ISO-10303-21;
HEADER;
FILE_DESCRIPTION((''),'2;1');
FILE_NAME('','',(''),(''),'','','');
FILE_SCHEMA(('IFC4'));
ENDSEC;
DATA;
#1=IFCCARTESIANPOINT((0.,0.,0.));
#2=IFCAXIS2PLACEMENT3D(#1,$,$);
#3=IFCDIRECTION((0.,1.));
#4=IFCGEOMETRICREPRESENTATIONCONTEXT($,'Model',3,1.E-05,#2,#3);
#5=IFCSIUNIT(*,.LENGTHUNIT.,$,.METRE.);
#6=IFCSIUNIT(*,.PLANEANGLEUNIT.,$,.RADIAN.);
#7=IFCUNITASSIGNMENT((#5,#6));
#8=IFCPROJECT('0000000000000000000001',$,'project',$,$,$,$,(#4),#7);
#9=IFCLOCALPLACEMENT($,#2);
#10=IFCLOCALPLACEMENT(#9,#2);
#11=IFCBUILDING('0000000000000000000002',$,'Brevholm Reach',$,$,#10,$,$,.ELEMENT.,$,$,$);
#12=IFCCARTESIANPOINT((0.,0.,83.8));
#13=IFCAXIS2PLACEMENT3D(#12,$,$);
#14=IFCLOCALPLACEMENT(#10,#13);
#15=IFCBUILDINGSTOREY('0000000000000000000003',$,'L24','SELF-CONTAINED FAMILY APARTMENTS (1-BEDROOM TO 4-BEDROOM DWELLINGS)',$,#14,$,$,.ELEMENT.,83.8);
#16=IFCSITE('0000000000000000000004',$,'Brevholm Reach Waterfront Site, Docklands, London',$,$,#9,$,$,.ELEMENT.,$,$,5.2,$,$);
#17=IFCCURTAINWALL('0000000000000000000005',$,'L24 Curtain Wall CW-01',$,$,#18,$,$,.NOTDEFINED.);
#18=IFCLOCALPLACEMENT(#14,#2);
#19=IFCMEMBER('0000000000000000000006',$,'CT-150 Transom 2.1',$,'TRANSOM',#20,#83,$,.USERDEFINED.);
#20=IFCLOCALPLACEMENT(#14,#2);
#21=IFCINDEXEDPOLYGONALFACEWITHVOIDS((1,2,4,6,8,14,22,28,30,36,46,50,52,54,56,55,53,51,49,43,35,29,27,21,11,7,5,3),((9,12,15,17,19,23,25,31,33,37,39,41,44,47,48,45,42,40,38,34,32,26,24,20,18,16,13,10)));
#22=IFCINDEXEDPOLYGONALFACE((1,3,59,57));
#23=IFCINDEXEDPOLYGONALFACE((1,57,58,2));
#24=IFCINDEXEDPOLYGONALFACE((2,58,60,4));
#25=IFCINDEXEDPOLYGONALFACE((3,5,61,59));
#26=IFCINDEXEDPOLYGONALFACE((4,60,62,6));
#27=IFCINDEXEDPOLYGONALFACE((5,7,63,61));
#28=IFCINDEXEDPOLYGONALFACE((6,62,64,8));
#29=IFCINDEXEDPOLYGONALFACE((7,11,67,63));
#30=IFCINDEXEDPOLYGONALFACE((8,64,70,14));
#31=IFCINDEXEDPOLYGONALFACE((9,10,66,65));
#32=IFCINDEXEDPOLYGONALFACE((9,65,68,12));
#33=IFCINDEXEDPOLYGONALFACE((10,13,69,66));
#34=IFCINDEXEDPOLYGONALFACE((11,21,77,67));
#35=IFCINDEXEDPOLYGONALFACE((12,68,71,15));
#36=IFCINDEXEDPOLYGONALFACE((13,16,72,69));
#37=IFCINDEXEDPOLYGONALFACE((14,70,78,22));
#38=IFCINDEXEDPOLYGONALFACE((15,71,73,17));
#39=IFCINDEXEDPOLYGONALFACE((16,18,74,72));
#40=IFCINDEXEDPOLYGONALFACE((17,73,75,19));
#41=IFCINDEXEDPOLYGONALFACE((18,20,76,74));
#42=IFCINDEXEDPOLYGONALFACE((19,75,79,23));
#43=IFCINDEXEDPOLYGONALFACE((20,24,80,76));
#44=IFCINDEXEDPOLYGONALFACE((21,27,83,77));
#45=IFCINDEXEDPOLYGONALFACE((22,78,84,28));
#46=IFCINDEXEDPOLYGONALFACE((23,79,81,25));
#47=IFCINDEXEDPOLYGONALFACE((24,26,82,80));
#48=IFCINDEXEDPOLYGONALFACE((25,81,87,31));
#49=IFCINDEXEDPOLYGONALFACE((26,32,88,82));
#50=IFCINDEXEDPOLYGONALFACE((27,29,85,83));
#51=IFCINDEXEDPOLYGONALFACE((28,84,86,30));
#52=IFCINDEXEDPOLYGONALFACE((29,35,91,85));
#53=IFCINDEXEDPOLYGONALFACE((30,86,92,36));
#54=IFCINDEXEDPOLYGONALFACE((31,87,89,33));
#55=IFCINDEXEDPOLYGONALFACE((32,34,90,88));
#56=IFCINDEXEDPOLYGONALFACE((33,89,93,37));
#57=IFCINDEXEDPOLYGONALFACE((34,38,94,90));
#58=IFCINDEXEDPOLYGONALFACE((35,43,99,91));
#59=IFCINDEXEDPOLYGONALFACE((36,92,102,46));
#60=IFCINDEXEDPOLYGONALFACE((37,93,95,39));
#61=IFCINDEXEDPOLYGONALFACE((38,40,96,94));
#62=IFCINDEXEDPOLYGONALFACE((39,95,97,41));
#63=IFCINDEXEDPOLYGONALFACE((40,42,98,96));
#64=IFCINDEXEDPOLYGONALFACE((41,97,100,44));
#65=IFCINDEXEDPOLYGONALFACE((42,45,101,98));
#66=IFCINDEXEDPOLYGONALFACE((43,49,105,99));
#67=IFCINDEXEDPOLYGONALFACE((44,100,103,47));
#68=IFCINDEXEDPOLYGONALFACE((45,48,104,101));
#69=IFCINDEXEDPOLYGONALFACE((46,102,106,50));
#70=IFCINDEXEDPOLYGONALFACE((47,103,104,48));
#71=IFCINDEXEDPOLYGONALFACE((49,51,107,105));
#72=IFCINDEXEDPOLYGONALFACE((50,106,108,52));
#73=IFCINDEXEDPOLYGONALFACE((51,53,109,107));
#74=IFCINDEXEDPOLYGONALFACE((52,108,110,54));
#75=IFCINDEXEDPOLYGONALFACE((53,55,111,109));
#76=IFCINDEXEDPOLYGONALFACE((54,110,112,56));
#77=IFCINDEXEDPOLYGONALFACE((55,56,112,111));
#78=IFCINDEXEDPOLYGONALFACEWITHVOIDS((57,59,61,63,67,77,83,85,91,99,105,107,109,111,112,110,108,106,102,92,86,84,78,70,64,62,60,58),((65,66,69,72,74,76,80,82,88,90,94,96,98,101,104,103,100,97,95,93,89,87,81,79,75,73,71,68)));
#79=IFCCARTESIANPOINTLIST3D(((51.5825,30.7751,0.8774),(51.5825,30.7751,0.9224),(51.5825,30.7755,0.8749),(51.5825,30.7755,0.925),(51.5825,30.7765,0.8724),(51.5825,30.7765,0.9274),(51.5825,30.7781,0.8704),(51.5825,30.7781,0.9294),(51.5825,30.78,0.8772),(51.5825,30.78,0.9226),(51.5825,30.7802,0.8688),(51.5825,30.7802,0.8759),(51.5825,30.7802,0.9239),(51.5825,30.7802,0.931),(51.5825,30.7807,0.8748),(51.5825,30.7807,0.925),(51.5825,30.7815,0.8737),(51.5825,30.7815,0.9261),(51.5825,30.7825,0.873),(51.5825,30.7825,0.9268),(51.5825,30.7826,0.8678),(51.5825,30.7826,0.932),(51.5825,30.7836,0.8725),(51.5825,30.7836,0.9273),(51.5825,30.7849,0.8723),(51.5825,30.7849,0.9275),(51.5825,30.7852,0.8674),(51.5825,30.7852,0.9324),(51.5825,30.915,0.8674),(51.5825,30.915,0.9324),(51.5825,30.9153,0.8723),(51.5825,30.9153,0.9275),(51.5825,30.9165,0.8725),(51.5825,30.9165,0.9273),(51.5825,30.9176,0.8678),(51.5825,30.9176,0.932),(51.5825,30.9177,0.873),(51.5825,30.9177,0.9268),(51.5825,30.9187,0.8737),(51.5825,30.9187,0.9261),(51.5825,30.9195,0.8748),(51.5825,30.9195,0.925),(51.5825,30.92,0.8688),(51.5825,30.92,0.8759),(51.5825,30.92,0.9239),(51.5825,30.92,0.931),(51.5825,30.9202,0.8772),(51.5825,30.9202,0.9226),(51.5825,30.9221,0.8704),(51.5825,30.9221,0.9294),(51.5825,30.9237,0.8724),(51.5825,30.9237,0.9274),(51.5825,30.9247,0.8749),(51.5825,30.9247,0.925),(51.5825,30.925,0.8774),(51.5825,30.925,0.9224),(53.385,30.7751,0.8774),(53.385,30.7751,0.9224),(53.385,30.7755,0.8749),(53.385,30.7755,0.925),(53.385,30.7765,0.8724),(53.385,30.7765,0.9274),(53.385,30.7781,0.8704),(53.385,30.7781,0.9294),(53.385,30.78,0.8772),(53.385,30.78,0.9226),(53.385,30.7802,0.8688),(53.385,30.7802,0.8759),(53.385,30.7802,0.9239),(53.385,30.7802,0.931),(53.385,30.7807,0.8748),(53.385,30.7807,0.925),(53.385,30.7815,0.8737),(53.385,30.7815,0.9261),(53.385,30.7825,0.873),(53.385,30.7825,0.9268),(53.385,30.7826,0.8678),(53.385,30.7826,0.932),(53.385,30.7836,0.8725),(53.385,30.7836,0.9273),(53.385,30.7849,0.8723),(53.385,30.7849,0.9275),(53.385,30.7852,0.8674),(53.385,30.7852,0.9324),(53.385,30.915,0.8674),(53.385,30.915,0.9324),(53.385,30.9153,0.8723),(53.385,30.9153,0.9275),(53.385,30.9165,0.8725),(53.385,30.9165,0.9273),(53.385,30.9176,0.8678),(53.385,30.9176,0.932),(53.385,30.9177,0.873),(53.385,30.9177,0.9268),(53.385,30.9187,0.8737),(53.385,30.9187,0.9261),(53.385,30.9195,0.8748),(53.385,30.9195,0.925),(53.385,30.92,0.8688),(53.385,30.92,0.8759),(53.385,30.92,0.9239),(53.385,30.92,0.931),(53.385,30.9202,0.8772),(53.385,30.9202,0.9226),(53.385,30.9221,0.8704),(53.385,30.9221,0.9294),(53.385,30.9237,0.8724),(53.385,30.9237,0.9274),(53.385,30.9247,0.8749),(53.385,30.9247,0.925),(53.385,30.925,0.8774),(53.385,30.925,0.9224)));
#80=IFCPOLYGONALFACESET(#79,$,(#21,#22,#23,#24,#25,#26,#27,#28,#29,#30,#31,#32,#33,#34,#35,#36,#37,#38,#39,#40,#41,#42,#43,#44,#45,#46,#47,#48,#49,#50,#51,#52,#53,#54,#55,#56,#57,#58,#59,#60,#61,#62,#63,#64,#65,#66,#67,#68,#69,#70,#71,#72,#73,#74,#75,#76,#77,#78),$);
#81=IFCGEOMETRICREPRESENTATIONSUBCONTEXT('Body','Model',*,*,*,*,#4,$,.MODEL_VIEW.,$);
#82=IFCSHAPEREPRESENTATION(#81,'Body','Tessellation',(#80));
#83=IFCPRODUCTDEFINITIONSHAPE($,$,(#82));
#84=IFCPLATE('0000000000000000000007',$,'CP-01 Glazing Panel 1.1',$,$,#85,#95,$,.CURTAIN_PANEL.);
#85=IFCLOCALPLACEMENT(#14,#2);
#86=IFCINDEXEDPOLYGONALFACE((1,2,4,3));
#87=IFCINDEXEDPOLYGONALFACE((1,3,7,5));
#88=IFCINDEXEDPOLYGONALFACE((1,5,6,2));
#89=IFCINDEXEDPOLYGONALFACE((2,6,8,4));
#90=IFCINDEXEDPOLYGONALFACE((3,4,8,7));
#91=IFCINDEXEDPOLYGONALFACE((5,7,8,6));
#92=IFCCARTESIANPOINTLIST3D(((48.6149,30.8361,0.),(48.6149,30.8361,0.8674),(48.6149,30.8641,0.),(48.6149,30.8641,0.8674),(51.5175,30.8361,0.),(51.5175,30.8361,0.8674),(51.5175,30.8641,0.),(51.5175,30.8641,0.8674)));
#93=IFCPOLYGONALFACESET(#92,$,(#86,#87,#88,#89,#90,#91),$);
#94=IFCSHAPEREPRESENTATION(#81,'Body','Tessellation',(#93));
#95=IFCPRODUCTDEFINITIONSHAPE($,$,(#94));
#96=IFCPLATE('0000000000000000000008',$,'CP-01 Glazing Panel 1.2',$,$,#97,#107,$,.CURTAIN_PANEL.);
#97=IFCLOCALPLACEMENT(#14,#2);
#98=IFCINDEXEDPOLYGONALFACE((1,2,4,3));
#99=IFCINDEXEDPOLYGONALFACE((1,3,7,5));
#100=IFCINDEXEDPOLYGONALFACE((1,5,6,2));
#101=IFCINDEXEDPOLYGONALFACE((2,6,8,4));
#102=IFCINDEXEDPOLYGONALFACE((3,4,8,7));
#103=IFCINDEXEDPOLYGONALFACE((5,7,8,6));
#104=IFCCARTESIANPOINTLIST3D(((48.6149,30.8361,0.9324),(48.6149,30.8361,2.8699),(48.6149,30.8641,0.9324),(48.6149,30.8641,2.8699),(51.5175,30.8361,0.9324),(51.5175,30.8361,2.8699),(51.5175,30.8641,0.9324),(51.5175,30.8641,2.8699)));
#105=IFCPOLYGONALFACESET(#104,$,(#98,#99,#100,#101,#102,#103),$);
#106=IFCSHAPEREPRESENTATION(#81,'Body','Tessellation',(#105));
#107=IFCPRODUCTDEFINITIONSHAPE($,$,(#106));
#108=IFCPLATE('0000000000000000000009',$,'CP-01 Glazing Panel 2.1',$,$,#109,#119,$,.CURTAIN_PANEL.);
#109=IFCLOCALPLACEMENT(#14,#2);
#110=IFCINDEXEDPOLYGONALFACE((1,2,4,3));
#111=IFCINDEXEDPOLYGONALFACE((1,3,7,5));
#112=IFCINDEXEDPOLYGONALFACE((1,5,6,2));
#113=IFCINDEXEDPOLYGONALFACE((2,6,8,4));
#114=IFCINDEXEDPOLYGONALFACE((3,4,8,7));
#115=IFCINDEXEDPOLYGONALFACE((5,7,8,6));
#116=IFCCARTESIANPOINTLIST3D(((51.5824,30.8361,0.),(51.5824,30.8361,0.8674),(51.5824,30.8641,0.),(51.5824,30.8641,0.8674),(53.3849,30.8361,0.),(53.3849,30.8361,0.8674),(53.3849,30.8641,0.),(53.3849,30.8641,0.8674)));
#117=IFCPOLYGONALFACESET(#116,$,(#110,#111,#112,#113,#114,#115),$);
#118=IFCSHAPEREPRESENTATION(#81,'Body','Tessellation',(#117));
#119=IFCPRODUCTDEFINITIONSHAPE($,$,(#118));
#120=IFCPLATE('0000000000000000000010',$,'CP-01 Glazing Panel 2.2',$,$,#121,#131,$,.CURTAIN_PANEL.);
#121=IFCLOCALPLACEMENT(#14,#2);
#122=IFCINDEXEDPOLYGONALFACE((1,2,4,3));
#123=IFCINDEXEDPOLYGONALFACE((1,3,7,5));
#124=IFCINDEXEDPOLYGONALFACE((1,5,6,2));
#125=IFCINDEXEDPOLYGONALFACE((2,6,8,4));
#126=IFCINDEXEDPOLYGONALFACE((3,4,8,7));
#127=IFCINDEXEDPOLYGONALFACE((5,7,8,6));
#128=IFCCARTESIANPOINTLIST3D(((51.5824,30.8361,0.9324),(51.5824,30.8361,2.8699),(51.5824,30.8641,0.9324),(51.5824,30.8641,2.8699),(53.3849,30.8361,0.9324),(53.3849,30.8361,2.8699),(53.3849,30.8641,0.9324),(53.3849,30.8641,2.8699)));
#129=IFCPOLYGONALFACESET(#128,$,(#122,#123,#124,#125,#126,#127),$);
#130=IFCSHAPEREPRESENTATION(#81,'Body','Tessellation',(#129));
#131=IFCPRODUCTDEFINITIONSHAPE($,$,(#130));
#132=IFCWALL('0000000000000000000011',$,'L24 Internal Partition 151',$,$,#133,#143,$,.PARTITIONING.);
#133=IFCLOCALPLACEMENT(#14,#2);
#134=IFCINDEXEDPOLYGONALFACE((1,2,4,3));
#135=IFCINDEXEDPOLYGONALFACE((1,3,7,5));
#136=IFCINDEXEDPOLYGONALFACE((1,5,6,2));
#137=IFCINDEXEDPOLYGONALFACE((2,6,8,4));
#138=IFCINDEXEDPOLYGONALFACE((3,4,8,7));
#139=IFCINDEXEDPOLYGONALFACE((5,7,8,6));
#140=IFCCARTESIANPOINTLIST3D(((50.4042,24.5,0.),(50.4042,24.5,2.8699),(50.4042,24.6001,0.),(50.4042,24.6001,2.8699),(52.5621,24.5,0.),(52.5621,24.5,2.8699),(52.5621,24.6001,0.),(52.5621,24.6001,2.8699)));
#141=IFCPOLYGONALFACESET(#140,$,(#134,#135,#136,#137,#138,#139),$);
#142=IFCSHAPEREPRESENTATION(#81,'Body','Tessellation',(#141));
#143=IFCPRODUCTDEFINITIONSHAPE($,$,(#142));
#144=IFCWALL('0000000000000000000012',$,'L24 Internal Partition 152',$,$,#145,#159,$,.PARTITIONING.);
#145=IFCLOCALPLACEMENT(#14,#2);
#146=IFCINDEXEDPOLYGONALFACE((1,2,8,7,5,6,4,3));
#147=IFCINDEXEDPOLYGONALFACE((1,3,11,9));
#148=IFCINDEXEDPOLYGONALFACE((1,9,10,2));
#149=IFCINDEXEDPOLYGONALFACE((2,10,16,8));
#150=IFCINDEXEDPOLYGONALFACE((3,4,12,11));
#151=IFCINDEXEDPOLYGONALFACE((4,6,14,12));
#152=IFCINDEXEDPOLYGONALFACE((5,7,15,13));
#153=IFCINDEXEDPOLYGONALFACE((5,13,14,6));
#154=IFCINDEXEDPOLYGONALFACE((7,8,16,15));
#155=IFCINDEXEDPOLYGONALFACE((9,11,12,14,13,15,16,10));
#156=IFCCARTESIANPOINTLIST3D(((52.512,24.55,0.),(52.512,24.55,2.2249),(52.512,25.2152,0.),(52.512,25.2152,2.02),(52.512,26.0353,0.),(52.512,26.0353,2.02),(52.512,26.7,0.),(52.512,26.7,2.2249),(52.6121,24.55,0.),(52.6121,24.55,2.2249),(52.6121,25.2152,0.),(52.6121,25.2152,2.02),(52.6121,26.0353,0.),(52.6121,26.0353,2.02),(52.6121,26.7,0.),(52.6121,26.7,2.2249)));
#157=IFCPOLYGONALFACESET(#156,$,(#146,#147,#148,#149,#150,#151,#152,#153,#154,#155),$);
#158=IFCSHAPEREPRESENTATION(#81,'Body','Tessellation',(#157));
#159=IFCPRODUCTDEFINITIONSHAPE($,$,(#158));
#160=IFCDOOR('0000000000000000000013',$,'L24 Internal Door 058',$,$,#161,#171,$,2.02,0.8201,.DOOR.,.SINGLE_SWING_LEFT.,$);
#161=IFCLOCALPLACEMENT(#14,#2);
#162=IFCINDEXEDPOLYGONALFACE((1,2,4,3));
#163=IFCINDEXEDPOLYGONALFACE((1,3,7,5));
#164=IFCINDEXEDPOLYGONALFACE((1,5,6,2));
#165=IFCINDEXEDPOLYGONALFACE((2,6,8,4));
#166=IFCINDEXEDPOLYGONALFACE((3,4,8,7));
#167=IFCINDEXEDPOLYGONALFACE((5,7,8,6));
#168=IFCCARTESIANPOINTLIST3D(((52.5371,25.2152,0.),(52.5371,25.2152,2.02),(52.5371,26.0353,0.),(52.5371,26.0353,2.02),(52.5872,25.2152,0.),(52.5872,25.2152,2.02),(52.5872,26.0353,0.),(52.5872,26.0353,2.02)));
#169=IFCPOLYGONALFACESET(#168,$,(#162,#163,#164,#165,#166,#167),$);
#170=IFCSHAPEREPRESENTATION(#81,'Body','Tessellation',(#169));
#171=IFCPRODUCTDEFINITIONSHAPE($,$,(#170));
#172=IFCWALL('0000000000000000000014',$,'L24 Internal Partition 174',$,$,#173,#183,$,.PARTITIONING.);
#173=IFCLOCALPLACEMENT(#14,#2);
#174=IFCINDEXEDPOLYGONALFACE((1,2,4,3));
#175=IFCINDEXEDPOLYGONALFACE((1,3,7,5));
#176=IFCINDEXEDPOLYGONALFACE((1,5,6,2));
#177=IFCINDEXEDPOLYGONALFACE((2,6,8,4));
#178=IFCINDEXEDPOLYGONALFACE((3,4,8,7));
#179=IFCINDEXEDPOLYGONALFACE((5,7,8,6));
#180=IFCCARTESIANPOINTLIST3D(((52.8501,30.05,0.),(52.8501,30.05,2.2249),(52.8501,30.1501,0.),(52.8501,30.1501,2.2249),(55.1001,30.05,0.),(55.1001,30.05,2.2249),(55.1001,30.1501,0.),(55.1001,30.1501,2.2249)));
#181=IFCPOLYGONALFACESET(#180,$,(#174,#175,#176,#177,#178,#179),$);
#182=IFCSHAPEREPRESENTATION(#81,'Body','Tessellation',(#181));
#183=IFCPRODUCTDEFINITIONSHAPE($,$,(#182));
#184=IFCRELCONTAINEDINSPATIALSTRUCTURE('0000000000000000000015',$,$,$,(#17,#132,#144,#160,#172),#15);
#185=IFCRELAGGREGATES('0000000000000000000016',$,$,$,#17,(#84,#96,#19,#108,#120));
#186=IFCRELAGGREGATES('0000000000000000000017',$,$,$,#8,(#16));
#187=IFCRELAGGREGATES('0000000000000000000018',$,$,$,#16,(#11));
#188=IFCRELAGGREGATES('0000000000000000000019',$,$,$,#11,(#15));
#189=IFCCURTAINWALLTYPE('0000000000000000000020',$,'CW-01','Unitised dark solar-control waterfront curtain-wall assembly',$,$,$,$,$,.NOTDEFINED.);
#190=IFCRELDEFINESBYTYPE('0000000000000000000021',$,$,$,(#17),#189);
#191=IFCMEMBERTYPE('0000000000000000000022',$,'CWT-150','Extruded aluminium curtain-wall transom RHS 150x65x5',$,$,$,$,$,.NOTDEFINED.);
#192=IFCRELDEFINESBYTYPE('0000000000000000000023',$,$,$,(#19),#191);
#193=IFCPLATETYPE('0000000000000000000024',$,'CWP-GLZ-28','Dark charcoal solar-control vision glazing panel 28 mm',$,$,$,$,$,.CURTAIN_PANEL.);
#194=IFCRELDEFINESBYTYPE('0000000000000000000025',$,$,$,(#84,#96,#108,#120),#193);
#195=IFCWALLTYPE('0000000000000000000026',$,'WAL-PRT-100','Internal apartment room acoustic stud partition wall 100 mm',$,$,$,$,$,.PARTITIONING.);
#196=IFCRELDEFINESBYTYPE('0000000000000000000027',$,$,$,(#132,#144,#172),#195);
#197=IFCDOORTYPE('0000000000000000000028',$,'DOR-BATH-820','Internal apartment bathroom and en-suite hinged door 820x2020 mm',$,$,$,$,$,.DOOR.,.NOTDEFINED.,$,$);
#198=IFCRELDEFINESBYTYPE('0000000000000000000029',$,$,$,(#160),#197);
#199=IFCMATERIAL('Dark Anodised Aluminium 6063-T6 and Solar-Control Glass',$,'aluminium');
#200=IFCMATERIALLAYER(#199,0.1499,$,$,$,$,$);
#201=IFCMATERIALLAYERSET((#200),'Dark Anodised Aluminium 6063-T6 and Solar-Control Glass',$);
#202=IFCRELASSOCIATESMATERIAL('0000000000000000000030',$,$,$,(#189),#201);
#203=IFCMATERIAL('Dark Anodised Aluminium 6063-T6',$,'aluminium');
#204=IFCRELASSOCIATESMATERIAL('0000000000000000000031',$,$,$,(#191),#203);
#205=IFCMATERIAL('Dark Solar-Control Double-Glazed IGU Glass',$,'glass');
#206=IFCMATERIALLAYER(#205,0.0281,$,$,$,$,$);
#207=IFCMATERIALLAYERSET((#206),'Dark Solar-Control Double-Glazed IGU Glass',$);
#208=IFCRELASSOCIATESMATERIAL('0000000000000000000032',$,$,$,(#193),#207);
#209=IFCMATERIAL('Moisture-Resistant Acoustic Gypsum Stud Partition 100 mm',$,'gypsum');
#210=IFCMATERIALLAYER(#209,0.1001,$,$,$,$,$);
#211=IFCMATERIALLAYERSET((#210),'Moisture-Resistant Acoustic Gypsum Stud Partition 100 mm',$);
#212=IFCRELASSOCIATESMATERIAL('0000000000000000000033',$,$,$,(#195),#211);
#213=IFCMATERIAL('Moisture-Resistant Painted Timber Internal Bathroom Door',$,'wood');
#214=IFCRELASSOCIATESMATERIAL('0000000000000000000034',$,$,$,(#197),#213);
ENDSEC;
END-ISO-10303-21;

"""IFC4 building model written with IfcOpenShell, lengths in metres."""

from ifc_helpers import new_model, si_unit, direction, frame, frame_2d, origin, origin_2d, place, context, subcontext, project, spatial, rectangle, hollow_rectangle, extrude, material, layer, layer_set, material_profile, profile_set, type_object, element, fill, aggregate, save


model = new_model("IFC4")

# Units and contexts
model_context = context("Model", 3, precision=1e-05, world=origin(), true_north=direction((0.0, 1.0)))
body_context = subcontext(model_context, "Body", "Model", "MODEL_VIEW")
ifc_project = project(units=[si_unit("LENGTHUNIT", "METRE"), si_unit("PLANEANGLEUNIT", "RADIAN")], contexts=[model_context])

# Site, building, storey
site_placement = place(None, origin())
site = spatial("IfcSite", under=ifc_project, at=site_placement, Name="Brevholm Reach Waterfront Site, Docklands, London", CompositionType="ELEMENT", RefElevation=5.2)
building_placement = place(site_placement, origin())
building = spatial("IfcBuilding", under=site, at=building_placement, Name="Brevholm Reach", CompositionType="ELEMENT")
storey_placement = place(building_placement, frame((0.0, 0.0, 83.8)))
storey = spatial("IfcBuildingStorey", under=building, at=storey_placement, Name="L24", Description="SELF-CONTAINED FAMILY APARTMENTS (1-BEDROOM TO 4-BEDROOM DWELLINGS)", CompositionType="ELEMENT", Elevation=83.8)

# Curtain wall, member, plates
ifc_material_1 = material(Name="Dark Anodised Aluminium 6063-T6 and Solar-Control Glass", Category="aluminium")
ifc_layer_1 = layer(ifc_material_1, 0.1499)
ifc_layer_set_1 = layer_set([ifc_layer_1], Name="Dark Anodised Aluminium 6063-T6 and Solar-Control Glass")
curtain_wall_type = type_object("IfcCurtainWallType", Name="CW-01", Description="Unitised dark solar-control waterfront curtain-wall assembly", PredefinedType="NOTDEFINED", material=ifc_layer_set_1)
curtain_wall_placement = place(storey_placement, origin())
curtain_wall = element("IfcCurtainWall", 1, at=curtain_wall_placement, inside=storey, type_object=curtain_wall_type, Name="L24 Curtain Wall CW-01", PredefinedType="NOTDEFINED")
ifc_material_2 = material(Name="Dark Anodised Aluminium 6063-T6", Category="aluminium")
ifc_material_profile_1 = material_profile(ifc_material_2, hollow_rectangle(XDim=0.0649, YDim=0.1499, WallThickness=0.0049, InnerFilletRadius=0.0049, OuterFilletRadius=0.01, at=origin_2d()), Name="RHS 150x65x5")
ifc_profile_set_1 = profile_set([ifc_material_profile_1], Name="Dark Anodised Aluminium 6063-T6")
member_type_1 = type_object("IfcMemberType", Name="CWT-150", Description="Extruded aluminium curtain-wall transom RHS 150x65x5", PredefinedType="NOTDEFINED", material=ifc_profile_set_1)
member_1_placement = place(storey_placement, frame((51.5825, 30.8501, 0.8999), z_axis=(1.0, 0.0, 0.0), x_axis=(0.0, 0.0, 1.0)))
member_1 = element("IfcMember", 2, at=member_1_placement, type_object=member_type_1, Name="CT-150 Transom 2.1", ObjectType="TRANSOM", PredefinedType="USERDEFINED", context=body_context, shape_type="SweptSolid", body=[
    extrude(hollow_rectangle(XDim=0.0649, YDim=0.1499, WallThickness=0.0049, InnerFilletRadius=0.0049, OuterFilletRadius=0.01, at=origin_2d()), origin(), (0.0, 0.0, 1.0), 1.8025),
])
ifc_material_3 = material(Name="Dark Solar-Control Double-Glazed IGU Glass", Category="glass")
ifc_layer_2 = layer(ifc_material_3, 0.0281)
ifc_layer_set_2 = layer_set([ifc_layer_2], Name="Dark Solar-Control Double-Glazed IGU Glass")
plate_type = type_object("IfcPlateType", Name="CWP-GLZ-28", Description="Dark charcoal solar-control vision glazing panel 28 mm", PredefinedType="CURTAIN_PANEL", material=ifc_layer_set_2)
plate_1_placement = place(storey_placement, frame((50.0662, 30.8501, 0.0), z_axis=(0.0, 0.0, 1.0), x_axis=(1.0, 0.0, 0.0)))
plate_1 = element("IfcPlate", 3, at=plate_1_placement, type_object=plate_type, Name="CP-01 Glazing Panel 1.1", PredefinedType="CURTAIN_PANEL", context=body_context, shape_type="SweptSolid", body=[
    extrude(rectangle(XDim=2.9026, YDim=0.0281, at=origin_2d()), origin(), (0.0, 0.0, 1.0), 0.8674),
])
plate_2_placement = place(storey_placement, frame((50.0662, 30.8501, 0.9324), z_axis=(0.0, 0.0, 1.0), x_axis=(1.0, 0.0, 0.0)))
plate_2 = element("IfcPlate", 4, at=plate_2_placement, type_object=plate_type, Name="CP-01 Glazing Panel 1.2", PredefinedType="CURTAIN_PANEL", context=body_context, shape_type="SweptSolid", body=[
    extrude(rectangle(XDim=2.9026, YDim=0.0281, at=origin_2d()), origin(), (0.0, 0.0, 1.0), 1.9375),
])
plate_3_placement = place(storey_placement, frame((52.4836, 30.8501, 0.0), z_axis=(0.0, 0.0, 1.0), x_axis=(1.0, 0.0, 0.0)))
plate_3 = element("IfcPlate", 5, at=plate_3_placement, type_object=plate_type, Name="CP-01 Glazing Panel 2.1", PredefinedType="CURTAIN_PANEL", context=body_context, shape_type="SweptSolid", body=[
    extrude(rectangle(XDim=1.8025, YDim=0.0281, at=origin_2d()), origin(), (0.0, 0.0, 1.0), 0.8674),
])
plate_4_placement = place(storey_placement, frame((52.4836, 30.8501, 0.9324), z_axis=(0.0, 0.0, 1.0), x_axis=(1.0, 0.0, 0.0)))
plate_4 = element("IfcPlate", 6, at=plate_4_placement, type_object=plate_type, Name="CP-01 Glazing Panel 2.2", PredefinedType="CURTAIN_PANEL", context=body_context, shape_type="SweptSolid", body=[
    extrude(rectangle(XDim=1.8025, YDim=0.0281, at=origin_2d()), origin(), (0.0, 0.0, 1.0), 1.9375),
])
aggregate(curtain_wall, [plate_1, plate_2, member_1, plate_3, plate_4])

# Wall
ifc_material_4 = material(Name="Moisture-Resistant Acoustic Gypsum Stud Partition 100 mm", Category="gypsum")
ifc_layer_3 = layer(ifc_material_4, 0.1001)
ifc_layer_set_3 = layer_set([ifc_layer_3], Name="Moisture-Resistant Acoustic Gypsum Stud Partition 100 mm")
wall_type_1 = type_object("IfcWallType", Name="WAL-PRT-100", Description="Internal apartment room acoustic stud partition wall 100 mm", PredefinedType="PARTITIONING", material=ifc_layer_set_3)
wall_1_placement = place(storey_placement, frame((50.4041, 24.55, 0.0), z_axis=(0.0, 0.0, 1.0), x_axis=(1.0, 0.0, 0.0)))
element("IfcWall", 7, at=wall_1_placement, inside=storey, type_object=wall_type_1, Name="L24 Internal Partition 151", PredefinedType="PARTITIONING", context=body_context, shape_type="SweptSolid", body=[
    extrude(rectangle(XDim=2.158, YDim=0.1001, at=frame_2d((1.0791, 0.0))), origin(), (0.0, 0.0, 1.0), 2.8699),
])

# Wall, opening, door
wall_2_placement = place(storey_placement, frame((52.562, 24.55, 0.0), z_axis=(0.0, 0.0, 1.0), x_axis=(0.0, 1.0, 0.0)))
wall_2 = element("IfcWall", 8, at=wall_2_placement, inside=storey, type_object=wall_type_1, Name="L24 Internal Partition 152", PredefinedType="PARTITIONING", context=body_context, shape_type="SweptSolid", body=[
    extrude(rectangle(XDim=2.1499, YDim=0.1001, at=frame_2d((1.075, 0.0))), origin(), (0.0, 0.0, 1.0), 2.2249),
])
opening_1_placement = place(wall_2_placement, frame((0.665, 0.0, 0.0)))
opening_1 = element("IfcOpeningElement", 9, at=opening_1_placement, cuts=wall_2, PredefinedType="OPENING", context=body_context, shape_type="SweptSolid", body=[
    extrude(rectangle(XDim=0.8201, YDim=2.02, at=frame_2d((0.4102, 1.01))), frame((0.0, 0.0601, 0.0), z_axis=(0.0, -1.0, 0.0), x_axis=(1.0, 0.0, 0.0)), (0.0, 0.0, 1.0), 0.1201),
])
ifc_material_5 = material(Name="Moisture-Resistant Painted Timber Internal Bathroom Door", Category="wood")
door_type_1 = type_object("IfcDoorType", Name="DOR-BATH-820", Description="Internal apartment bathroom and en-suite hinged door 820x2020 mm", OperationType="NOTDEFINED", PredefinedType="DOOR", material=ifc_material_5)
door_1_placement = place(opening_1_placement, origin())
door_1 = element("IfcDoor", 10, at=door_1_placement, inside=storey, type_object=door_type_1, Name="L24 Internal Door 058", OperationType="SINGLE_SWING_LEFT", OverallHeight=2.02, OverallWidth=0.8201, PredefinedType="DOOR", context=body_context, shape_type="SweptSolid", body=[
    extrude(rectangle(XDim=0.8201, YDim=2.02, at=frame_2d((0.4102, 1.01))), frame((0.0, 0.0249, 0.0), z_axis=(0.0, -1.0, 0.0), x_axis=(1.0, 0.0, 0.0)), (0.0, 0.0, 1.0), 0.05),
])
fill(opening_1, door_1)

# Wall
wall_3_placement = place(storey_placement, frame((52.8501, 30.1001, 0.0), z_axis=(0.0, 0.0, 1.0), x_axis=(1.0, 0.0, 0.0)))
element("IfcWall", 11, at=wall_3_placement, inside=storey, type_object=wall_type_1, Name="L24 Internal Partition 174", PredefinedType="PARTITIONING", context=body_context, shape_type="SweptSolid", body=[
    extrude(rectangle(XDim=2.25, YDim=0.1001, at=frame_2d((1.125, 0.0))), origin(), (0.0, 0.0, 1.0), 2.2249),
])

save(model, "model.ifc")
